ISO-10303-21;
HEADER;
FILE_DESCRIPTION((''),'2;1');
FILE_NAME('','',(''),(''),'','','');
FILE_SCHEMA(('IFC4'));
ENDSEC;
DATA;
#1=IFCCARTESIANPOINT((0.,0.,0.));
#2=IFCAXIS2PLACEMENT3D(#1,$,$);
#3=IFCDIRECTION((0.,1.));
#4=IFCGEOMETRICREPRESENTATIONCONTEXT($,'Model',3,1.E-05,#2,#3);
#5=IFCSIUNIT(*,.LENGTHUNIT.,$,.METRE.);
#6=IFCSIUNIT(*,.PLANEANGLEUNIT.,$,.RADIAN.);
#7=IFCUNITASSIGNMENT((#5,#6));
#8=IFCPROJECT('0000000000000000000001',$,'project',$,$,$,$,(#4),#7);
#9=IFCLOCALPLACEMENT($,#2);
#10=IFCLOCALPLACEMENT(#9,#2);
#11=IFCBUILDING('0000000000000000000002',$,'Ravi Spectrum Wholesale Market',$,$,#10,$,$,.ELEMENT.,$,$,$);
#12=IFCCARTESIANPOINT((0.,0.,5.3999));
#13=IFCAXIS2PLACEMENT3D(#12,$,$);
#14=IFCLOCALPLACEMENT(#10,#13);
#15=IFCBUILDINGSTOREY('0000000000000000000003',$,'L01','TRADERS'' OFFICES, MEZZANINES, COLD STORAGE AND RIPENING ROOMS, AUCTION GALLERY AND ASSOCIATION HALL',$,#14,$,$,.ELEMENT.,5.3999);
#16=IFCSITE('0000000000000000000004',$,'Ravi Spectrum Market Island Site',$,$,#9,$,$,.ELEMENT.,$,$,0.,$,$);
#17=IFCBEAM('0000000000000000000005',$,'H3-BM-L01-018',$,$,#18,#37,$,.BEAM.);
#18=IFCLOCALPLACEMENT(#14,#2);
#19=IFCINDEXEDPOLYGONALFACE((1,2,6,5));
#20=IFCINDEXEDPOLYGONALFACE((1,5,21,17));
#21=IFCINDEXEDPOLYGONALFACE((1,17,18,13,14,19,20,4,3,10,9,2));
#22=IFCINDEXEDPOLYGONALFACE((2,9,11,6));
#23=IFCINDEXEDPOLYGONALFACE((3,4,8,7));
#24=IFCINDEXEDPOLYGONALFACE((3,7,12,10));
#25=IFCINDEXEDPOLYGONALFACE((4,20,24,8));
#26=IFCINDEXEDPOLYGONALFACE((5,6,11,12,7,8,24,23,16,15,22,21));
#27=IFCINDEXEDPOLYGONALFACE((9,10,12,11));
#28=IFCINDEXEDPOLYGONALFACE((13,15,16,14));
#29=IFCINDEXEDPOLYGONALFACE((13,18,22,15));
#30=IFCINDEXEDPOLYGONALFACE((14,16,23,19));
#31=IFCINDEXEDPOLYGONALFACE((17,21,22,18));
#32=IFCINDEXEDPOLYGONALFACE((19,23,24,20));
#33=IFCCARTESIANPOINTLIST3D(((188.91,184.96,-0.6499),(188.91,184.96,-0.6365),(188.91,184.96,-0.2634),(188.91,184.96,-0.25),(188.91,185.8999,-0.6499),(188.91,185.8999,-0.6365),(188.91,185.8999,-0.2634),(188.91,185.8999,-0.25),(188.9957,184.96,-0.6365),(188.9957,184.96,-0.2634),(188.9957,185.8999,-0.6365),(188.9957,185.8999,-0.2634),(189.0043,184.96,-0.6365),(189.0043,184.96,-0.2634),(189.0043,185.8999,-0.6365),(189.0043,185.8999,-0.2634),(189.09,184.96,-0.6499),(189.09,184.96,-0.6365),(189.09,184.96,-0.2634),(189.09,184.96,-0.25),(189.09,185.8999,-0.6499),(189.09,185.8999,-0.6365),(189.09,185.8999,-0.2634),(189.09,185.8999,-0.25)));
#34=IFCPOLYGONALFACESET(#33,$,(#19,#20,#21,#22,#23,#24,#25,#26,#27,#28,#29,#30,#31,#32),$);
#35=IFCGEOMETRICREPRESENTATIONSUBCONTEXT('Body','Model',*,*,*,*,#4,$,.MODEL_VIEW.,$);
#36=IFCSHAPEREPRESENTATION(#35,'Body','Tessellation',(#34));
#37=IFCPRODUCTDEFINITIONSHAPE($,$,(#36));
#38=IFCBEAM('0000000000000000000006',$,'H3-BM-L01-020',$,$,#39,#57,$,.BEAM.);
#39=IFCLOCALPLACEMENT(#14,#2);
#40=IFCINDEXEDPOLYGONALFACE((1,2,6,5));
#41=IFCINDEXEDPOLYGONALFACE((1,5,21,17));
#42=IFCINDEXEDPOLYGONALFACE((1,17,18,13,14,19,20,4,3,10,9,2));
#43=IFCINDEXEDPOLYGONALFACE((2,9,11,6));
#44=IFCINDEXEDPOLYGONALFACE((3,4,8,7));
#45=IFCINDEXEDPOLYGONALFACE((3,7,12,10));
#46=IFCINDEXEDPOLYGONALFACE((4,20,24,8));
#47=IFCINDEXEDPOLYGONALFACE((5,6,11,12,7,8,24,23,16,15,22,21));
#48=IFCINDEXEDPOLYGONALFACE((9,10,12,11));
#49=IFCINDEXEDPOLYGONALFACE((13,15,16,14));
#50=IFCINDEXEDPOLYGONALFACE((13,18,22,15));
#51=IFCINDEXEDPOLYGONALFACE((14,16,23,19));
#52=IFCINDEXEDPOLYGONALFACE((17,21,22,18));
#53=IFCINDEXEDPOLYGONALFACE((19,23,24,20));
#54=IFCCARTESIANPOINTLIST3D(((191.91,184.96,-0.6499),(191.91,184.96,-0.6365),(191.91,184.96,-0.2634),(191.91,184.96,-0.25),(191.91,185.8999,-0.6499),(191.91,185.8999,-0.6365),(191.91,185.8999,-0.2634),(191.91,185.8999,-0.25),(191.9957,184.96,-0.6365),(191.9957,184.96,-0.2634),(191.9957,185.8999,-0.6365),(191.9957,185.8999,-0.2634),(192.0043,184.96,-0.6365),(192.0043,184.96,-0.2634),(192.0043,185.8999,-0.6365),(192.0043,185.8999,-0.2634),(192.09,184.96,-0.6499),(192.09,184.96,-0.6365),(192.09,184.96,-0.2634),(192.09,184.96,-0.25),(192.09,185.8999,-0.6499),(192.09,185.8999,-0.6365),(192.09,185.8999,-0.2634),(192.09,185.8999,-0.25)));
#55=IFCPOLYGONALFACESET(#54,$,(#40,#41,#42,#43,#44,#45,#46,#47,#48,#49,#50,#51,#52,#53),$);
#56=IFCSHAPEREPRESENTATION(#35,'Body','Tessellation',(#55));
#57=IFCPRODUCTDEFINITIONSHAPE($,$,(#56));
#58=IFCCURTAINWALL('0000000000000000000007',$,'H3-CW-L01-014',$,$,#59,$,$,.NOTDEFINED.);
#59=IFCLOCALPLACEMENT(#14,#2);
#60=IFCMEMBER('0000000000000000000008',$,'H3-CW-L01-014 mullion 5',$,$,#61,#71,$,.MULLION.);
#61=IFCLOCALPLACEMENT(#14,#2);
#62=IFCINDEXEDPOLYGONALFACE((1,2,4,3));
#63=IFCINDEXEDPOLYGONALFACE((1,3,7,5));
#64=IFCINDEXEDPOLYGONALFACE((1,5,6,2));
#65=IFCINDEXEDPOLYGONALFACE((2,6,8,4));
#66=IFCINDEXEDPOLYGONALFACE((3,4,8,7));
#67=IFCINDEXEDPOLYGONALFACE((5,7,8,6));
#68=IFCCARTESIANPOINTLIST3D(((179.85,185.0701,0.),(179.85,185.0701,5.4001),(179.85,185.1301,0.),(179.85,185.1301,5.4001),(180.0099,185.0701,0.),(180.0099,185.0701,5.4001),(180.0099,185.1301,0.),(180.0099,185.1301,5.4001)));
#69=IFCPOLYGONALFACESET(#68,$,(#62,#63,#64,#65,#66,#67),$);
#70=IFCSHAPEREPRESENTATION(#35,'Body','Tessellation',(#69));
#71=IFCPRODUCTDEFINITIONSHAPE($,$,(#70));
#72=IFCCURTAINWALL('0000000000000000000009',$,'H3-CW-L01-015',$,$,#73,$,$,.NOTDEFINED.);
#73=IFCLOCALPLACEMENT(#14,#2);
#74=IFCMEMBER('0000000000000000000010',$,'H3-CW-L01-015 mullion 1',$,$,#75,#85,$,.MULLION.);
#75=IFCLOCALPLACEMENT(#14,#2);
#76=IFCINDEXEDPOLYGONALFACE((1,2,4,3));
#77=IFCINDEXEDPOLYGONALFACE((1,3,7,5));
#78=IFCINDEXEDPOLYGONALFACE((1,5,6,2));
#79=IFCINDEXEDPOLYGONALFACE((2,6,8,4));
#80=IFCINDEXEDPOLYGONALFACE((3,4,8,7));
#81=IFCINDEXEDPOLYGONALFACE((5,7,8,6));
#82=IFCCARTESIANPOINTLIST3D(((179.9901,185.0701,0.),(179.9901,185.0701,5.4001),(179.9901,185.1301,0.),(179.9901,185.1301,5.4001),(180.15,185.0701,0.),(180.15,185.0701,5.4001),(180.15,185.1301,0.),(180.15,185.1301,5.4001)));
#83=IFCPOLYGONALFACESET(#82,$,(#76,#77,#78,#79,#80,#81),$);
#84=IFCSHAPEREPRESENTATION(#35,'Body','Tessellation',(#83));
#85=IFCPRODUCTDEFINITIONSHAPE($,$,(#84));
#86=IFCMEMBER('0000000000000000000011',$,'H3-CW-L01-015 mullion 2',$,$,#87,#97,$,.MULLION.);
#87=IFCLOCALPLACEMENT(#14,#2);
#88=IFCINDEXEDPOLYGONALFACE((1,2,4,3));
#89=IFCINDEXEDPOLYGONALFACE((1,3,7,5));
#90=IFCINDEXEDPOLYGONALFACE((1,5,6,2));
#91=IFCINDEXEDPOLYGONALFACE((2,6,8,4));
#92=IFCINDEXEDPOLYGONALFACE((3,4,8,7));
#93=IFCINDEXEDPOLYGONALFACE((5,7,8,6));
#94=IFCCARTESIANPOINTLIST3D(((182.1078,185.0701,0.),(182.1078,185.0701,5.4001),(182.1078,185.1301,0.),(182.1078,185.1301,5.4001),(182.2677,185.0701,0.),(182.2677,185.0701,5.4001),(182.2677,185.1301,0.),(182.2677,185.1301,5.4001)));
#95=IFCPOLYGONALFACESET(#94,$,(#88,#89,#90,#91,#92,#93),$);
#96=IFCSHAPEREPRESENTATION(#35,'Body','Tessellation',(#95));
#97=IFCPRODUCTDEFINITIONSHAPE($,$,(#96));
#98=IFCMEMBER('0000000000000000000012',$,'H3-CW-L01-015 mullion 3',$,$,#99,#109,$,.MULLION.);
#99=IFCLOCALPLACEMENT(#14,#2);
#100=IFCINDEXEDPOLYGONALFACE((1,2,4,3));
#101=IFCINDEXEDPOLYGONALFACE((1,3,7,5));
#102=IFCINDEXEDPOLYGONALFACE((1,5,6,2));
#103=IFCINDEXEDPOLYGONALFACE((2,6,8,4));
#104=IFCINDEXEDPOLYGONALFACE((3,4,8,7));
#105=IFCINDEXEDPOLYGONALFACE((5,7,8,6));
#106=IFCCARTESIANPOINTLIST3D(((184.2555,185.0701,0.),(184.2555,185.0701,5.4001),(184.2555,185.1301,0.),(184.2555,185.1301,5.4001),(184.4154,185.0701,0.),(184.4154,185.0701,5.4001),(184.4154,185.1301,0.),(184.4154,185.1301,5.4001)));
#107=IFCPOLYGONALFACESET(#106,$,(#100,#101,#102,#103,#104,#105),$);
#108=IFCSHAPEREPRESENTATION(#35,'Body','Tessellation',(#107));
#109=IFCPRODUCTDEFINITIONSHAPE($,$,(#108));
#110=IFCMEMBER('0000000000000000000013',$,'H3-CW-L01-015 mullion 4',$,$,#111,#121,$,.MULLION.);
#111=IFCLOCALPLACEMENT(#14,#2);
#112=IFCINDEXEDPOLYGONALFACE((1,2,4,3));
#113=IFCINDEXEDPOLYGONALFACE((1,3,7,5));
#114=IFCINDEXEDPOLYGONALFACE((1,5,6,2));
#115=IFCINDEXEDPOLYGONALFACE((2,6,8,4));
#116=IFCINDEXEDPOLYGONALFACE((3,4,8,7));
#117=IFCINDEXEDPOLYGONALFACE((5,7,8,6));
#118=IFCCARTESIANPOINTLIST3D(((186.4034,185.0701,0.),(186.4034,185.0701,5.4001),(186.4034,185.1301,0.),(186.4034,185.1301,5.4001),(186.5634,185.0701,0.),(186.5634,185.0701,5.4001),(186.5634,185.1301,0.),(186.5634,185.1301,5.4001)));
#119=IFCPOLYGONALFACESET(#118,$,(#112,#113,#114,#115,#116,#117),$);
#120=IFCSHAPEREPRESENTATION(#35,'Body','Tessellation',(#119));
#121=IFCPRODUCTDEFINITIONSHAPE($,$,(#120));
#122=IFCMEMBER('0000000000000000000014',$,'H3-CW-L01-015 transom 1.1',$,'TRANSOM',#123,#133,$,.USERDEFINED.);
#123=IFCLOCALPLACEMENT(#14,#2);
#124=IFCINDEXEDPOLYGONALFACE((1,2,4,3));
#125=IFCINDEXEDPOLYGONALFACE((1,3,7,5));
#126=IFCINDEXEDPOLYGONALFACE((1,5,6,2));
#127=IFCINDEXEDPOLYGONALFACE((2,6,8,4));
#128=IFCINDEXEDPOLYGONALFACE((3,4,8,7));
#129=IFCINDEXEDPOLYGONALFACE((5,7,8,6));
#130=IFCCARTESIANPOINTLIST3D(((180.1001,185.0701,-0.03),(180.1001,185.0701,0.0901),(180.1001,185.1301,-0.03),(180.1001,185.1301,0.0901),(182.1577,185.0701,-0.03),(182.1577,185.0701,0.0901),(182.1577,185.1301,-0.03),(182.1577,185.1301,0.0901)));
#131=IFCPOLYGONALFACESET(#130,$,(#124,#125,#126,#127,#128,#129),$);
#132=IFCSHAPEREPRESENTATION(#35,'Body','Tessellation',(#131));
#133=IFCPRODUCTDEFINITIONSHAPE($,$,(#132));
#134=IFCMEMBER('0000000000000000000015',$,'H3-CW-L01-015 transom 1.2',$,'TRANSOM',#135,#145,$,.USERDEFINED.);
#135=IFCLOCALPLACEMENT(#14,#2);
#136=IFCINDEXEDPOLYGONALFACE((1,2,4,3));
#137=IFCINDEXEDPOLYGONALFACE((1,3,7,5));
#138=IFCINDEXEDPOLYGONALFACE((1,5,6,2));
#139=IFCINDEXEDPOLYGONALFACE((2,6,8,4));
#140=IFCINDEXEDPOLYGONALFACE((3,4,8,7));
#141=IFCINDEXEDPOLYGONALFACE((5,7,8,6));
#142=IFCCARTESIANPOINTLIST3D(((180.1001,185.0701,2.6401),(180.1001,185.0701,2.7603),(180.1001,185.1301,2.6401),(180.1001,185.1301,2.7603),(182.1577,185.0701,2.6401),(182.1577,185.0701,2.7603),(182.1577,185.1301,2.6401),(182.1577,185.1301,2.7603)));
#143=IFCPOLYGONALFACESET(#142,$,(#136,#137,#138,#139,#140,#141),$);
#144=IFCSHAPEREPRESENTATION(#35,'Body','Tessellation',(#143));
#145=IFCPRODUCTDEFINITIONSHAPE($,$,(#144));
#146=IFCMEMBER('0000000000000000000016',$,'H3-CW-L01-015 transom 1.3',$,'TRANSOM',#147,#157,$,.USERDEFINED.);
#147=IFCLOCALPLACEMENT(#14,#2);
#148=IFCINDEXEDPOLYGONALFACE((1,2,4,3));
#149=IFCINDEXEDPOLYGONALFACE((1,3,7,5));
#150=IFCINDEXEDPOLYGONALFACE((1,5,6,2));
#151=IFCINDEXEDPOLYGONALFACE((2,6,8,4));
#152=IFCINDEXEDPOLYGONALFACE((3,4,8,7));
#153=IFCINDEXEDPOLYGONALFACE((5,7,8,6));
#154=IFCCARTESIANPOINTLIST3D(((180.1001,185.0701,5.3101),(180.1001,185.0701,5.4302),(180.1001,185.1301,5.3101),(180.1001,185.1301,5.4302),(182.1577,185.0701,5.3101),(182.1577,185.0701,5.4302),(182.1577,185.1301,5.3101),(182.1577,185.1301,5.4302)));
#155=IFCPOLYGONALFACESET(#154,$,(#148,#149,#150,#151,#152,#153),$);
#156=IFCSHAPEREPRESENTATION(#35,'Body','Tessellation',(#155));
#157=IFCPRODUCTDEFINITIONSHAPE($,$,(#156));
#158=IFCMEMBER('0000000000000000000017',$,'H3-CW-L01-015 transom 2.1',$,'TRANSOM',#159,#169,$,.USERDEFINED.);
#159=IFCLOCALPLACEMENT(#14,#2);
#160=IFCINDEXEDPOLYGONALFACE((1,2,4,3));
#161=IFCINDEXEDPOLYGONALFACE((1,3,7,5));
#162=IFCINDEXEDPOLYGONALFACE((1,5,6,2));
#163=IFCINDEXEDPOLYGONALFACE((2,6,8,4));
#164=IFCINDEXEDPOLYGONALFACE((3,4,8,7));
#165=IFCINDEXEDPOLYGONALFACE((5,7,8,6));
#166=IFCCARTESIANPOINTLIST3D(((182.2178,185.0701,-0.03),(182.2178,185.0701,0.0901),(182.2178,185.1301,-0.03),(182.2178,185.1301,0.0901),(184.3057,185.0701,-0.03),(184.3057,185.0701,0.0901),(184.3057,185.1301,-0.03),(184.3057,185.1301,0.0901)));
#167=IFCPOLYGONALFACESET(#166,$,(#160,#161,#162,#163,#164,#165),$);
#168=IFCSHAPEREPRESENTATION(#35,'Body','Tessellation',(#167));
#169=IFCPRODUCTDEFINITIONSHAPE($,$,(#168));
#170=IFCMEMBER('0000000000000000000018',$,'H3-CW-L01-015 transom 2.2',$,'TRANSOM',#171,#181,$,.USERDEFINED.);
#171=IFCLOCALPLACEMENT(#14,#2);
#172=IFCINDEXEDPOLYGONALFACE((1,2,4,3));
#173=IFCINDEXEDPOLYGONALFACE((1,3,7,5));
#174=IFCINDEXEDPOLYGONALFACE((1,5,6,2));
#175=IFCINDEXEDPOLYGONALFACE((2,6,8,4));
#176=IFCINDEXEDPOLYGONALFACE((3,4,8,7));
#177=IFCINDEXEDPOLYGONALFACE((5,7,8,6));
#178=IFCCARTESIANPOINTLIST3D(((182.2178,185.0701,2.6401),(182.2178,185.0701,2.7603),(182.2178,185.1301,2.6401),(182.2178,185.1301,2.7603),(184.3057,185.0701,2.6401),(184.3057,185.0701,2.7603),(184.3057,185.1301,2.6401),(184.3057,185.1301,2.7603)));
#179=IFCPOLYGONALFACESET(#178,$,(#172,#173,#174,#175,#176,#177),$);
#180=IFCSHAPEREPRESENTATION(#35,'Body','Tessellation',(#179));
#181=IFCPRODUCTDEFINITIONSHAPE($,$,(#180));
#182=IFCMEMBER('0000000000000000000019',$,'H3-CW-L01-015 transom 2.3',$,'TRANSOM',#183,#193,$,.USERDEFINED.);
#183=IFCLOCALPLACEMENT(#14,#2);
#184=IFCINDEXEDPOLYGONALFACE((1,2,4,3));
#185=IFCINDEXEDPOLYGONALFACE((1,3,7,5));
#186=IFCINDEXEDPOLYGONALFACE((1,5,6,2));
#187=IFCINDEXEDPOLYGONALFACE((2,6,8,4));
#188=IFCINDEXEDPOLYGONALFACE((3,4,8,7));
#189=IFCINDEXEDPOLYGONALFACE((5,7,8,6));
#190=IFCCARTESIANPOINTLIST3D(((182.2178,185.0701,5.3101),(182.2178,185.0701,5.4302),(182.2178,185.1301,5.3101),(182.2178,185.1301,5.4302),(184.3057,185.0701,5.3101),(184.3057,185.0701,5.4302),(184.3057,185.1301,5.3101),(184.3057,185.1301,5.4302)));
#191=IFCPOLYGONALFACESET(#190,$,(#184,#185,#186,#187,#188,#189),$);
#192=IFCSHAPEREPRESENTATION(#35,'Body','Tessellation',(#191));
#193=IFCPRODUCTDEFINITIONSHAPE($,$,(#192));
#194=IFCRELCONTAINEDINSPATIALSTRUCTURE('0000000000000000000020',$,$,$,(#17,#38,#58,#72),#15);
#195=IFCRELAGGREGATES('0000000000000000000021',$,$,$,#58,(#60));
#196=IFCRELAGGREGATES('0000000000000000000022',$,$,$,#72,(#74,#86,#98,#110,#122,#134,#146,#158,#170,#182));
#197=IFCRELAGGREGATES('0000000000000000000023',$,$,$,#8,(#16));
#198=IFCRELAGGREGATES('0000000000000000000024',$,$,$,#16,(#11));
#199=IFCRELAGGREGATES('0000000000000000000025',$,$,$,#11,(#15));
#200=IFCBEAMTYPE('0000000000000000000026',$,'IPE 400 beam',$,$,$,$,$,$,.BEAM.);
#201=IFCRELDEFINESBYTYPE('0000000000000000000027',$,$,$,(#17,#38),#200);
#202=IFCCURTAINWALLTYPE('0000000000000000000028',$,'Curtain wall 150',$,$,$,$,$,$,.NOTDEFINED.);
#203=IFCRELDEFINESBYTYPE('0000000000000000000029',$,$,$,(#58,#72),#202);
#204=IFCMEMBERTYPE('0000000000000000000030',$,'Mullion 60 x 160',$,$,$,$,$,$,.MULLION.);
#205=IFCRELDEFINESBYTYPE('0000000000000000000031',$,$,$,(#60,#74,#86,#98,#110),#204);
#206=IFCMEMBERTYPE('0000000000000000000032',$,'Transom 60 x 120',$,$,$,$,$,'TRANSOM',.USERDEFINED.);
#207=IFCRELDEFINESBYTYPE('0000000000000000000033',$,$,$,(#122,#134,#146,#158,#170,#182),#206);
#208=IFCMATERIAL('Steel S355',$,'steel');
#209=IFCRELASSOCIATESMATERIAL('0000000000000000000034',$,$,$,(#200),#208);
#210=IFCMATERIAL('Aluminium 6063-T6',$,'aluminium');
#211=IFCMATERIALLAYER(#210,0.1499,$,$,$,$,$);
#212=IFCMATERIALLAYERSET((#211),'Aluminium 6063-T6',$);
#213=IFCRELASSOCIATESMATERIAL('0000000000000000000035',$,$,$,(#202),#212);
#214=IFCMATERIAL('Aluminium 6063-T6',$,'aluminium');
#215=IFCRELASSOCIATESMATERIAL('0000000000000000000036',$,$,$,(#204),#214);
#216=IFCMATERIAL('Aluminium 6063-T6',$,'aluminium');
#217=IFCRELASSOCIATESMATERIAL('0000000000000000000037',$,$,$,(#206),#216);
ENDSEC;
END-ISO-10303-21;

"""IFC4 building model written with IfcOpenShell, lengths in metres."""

from ifc_helpers import new_model, si_unit, direction, frame, origin, origin_2d, place, context, subcontext, project, spatial, rectangle, i_section, extrude, material, layer, layer_set, material_profile, profile_set, type_object, element, aggregate, save


model = new_model("IFC4")

# Units and contexts
model_context = context("Model", 3, precision=1e-05, world=origin(), true_north=direction((0.0, 1.0)))
body_context = subcontext(model_context, "Body", "Model", "MODEL_VIEW")
ifc_project = project(units=[si_unit("LENGTHUNIT", "METRE"), si_unit("PLANEANGLEUNIT", "RADIAN")], contexts=[model_context])

# Site, building, storey
site_placement = place(None, origin())
site = spatial("IfcSite", under=ifc_project, at=site_placement, Name="Ravi Spectrum Market Island Site", CompositionType="ELEMENT", RefElevation=0.0)
building_placement = place(site_placement, origin())
building = spatial("IfcBuilding", under=site, at=building_placement, Name="Ravi Spectrum Wholesale Market", CompositionType="ELEMENT")
storey_placement = place(building_placement, frame((0.0, 0.0, 5.3999)))
storey = spatial("IfcBuildingStorey", under=building, at=storey_placement, Name="L01", Description="TRADERS' OFFICES, MEZZANINES, COLD STORAGE AND RIPENING ROOMS, AUCTION GALLERY AND ASSOCIATION HALL", CompositionType="ELEMENT", Elevation=5.3999)

# Beams
ifc_material_1 = material(Name="Steel S355", Category="steel")
ifc_material_profile_1 = material_profile(ifc_material_1, i_section(OverallWidth=0.1799, OverallDepth=0.3999, WebThickness=0.0085, FlangeThickness=0.0134, at=origin_2d()))
ifc_profile_set_1 = profile_set([ifc_material_profile_1], Name="Steel S355")
beam_type = type_object("IfcBeamType", Name="IPE 400 beam", PredefinedType="BEAM", material=ifc_profile_set_1)
for number, where, z_axis, x_axis, name in (
    (1, (189.0, 184.96, -0.45), (0.0, 1.0, 0.0), (-1.0, 0.0, 0.0), "H3-BM-L01-018"),
    (2, (192.0, 184.96, -0.45), (0.0, 1.0, 0.0), (-1.0, 0.0, 0.0), "H3-BM-L01-020"),
):
    element("IfcBeam", number, at=place(storey_placement, frame(where, z_axis=z_axis, x_axis=x_axis)), inside=storey, type_object=beam_type, Name=name, PredefinedType="BEAM", context=body_context, shape_type="SweptSolid", body=[
        extrude(i_section(OverallWidth=0.1799, OverallDepth=0.3999, WebThickness=0.0085, FlangeThickness=0.0134, at=origin_2d()), origin(), (0.0, 0.0, 1.0), 0.9399),
    ])

# Curtain wall, member
ifc_material_2 = material(Name="Aluminium 6063-T6", Category="aluminium")
ifc_layer_1 = layer(ifc_material_2, 0.1499)
ifc_layer_set_1 = layer_set([ifc_layer_1], Name="Aluminium 6063-T6")
curtain_wall_type = type_object("IfcCurtainWallType", Name="Curtain wall 150", PredefinedType="NOTDEFINED", material=ifc_layer_set_1)
curtain_wall_1_placement = place(storey_placement, origin())
curtain_wall_1 = element("IfcCurtainWall", 3, at=curtain_wall_1_placement, inside=storey, type_object=curtain_wall_type, Name="H3-CW-L01-014", PredefinedType="NOTDEFINED")
ifc_material_3 = material(Name="Aluminium 6063-T6", Category="aluminium")
ifc_material_profile_2 = material_profile(ifc_material_3, rectangle(XDim=0.0601, YDim=0.1599, at=origin_2d()))
ifc_profile_set_2 = profile_set([ifc_material_profile_2], Name="Aluminium 6063-T6")
member_type_1 = type_object("IfcMemberType", Name="Mullion 60 x 160", PredefinedType="MULLION", material=ifc_profile_set_2)
member_1_placement = place(storey_placement, frame((179.9299, 185.1001, 0.0), z_axis=(0.0, 0.0, 1.0), x_axis=(0.0, 1.0, 0.0)))
member_1 = element("IfcMember", 4, at=member_1_placement, type_object=member_type_1, Name="H3-CW-L01-014 mullion 5", PredefinedType="MULLION", context=body_context, shape_type="SweptSolid", body=[
    extrude(rectangle(XDim=0.0601, YDim=0.1599, at=origin_2d()), origin(), (0.0, 0.0, 1.0), 5.4001),
])
aggregate(curtain_wall_1, [member_1])

# Curtain wall, members
curtain_wall_2_placement = place(storey_placement, origin())
curtain_wall_2 = element("IfcCurtainWall", 5, at=curtain_wall_2_placement, inside=storey, type_object=curtain_wall_type, Name="H3-CW-L01-015", PredefinedType="NOTDEFINED")
member_2_placement = place(storey_placement, frame((180.0701, 185.1001, 0.0), z_axis=(0.0, 0.0, 1.0), x_axis=(0.0, 1.0, 0.0)))
member_2 = element("IfcMember", 6, at=member_2_placement, type_object=member_type_1, Name="H3-CW-L01-015 mullion 1", PredefinedType="MULLION", context=body_context, shape_type="SweptSolid", body=[
    extrude(rectangle(XDim=0.0601, YDim=0.1599, at=origin_2d()), origin(), (0.0, 0.0, 1.0), 5.4001),
])
member_3_placement = place(storey_placement, frame((182.1877, 185.1001, 0.0), z_axis=(0.0, 0.0, 1.0), x_axis=(0.0, 1.0, 0.0)))
member_3 = element("IfcMember", 7, at=member_3_placement, type_object=member_type_1, Name="H3-CW-L01-015 mullion 2", PredefinedType="MULLION", context=body_context, shape_type="SweptSolid", body=[
    extrude(rectangle(XDim=0.0601, YDim=0.1599, at=origin_2d()), origin(), (0.0, 0.0, 1.0), 5.4001),
])
member_4_placement = place(storey_placement, frame((184.3354, 185.1001, 0.0), z_axis=(0.0, 0.0, 1.0), x_axis=(0.0, 1.0, 0.0)))
member_4 = element("IfcMember", 8, at=member_4_placement, type_object=member_type_1, Name="H3-CW-L01-015 mullion 3", PredefinedType="MULLION", context=body_context, shape_type="SweptSolid", body=[
    extrude(rectangle(XDim=0.0601, YDim=0.1599, at=origin_2d()), origin(), (0.0, 0.0, 1.0), 5.4001),
])
member_5_placement = place(storey_placement, frame((186.4834, 185.1001, 0.0), z_axis=(0.0, 0.0, 1.0), x_axis=(0.0, 1.0, 0.0)))
member_5 = element("IfcMember", 9, at=member_5_placement, type_object=member_type_1, Name="H3-CW-L01-015 mullion 4", PredefinedType="MULLION", context=body_context, shape_type="SweptSolid", body=[
    extrude(rectangle(XDim=0.0601, YDim=0.1599, at=origin_2d()), origin(), (0.0, 0.0, 1.0), 5.4001),
])
ifc_material_4 = material(Name="Aluminium 6063-T6", Category="aluminium")
ifc_material_profile_3 = material_profile(ifc_material_4, rectangle(XDim=0.0601, YDim=0.1201, at=origin_2d()))
ifc_profile_set_3 = profile_set([ifc_material_profile_3], Name="Aluminium 6063-T6")
member_type_2 = type_object("IfcMemberType", Name="Transom 60 x 120", ElementType="TRANSOM", PredefinedType="USERDEFINED", material=ifc_profile_set_3)
member_6_placement = place(storey_placement, frame((180.1001, 185.1001, 0.03), z_axis=(1.0, 0.0, 0.0), x_axis=(0.0, 1.0, 0.0)))
member_6 = element("IfcMember", 10, at=member_6_placement, type_object=member_type_2, Name="H3-CW-L01-015 transom 1.1", ObjectType="TRANSOM", PredefinedType="USERDEFINED", context=body_context, shape_type="SweptSolid", body=[
    extrude(rectangle(XDim=0.0601, YDim=0.1201, at=origin_2d()), origin(), (0.0, 0.0, 1.0), 2.0576),
])
member_7_placement = place(storey_placement, frame((180.1001, 185.1001, 2.7002), z_axis=(1.0, 0.0, 0.0), x_axis=(0.0, 1.0, 0.0)))
member_7 = element("IfcMember", 11, at=member_7_placement, type_object=member_type_2, Name="H3-CW-L01-015 transom 1.2", ObjectType="TRANSOM", PredefinedType="USERDEFINED", context=body_context, shape_type="SweptSolid", body=[
    extrude(rectangle(XDim=0.0601, YDim=0.1201, at=origin_2d()), origin(), (0.0, 0.0, 1.0), 2.0576),
])
member_8_placement = place(storey_placement, frame((180.1001, 185.1001, 5.3701), z_axis=(1.0, 0.0, 0.0), x_axis=(0.0, 1.0, 0.0)))
member_8 = element("IfcMember", 12, at=member_8_placement, type_object=member_type_2, Name="H3-CW-L01-015 transom 1.3", ObjectType="TRANSOM", PredefinedType="USERDEFINED", context=body_context, shape_type="SweptSolid", body=[
    extrude(rectangle(XDim=0.0601, YDim=0.1201, at=origin_2d()), origin(), (0.0, 0.0, 1.0), 2.0576),
])
member_9_placement = place(storey_placement, frame((182.2178, 185.1001, 0.03), z_axis=(1.0, 0.0, 0.0), x_axis=(0.0, 1.0, 0.0)))
member_9 = element("IfcMember", 13, at=member_9_placement, type_object=member_type_2, Name="H3-CW-L01-015 transom 2.1", ObjectType="TRANSOM", PredefinedType="USERDEFINED", context=body_context, shape_type="SweptSolid", body=[
    extrude(rectangle(XDim=0.0601, YDim=0.1201, at=origin_2d()), origin(), (0.0, 0.0, 1.0), 2.0879),
])
member_10_placement = place(storey_placement, frame((182.2178, 185.1001, 2.7002), z_axis=(1.0, 0.0, 0.0), x_axis=(0.0, 1.0, 0.0)))
member_10 = element("IfcMember", 14, at=member_10_placement, type_object=member_type_2, Name="H3-CW-L01-015 transom 2.2", ObjectType="TRANSOM", PredefinedType="USERDEFINED", context=body_context, shape_type="SweptSolid", body=[
    extrude(rectangle(XDim=0.0601, YDim=0.1201, at=origin_2d()), origin(), (0.0, 0.0, 1.0), 2.0879),
])
member_11_placement = place(storey_placement, frame((182.2178, 185.1001, 5.3701), z_axis=(1.0, 0.0, 0.0), x_axis=(0.0, 1.0, 0.0)))
member_11 = element("IfcMember", 15, at=member_11_placement, type_object=member_type_2, Name="H3-CW-L01-015 transom 2.3", ObjectType="TRANSOM", PredefinedType="USERDEFINED", context=body_context, shape_type="SweptSolid", body=[
    extrude(rectangle(XDim=0.0601, YDim=0.1201, at=origin_2d()), origin(), (0.0, 0.0, 1.0), 2.0879),
])
aggregate(curtain_wall_2, [member_2, member_3, member_4, member_5, member_6, member_7, member_8, member_9, member_10, member_11])

save(model, "model.ifc")
